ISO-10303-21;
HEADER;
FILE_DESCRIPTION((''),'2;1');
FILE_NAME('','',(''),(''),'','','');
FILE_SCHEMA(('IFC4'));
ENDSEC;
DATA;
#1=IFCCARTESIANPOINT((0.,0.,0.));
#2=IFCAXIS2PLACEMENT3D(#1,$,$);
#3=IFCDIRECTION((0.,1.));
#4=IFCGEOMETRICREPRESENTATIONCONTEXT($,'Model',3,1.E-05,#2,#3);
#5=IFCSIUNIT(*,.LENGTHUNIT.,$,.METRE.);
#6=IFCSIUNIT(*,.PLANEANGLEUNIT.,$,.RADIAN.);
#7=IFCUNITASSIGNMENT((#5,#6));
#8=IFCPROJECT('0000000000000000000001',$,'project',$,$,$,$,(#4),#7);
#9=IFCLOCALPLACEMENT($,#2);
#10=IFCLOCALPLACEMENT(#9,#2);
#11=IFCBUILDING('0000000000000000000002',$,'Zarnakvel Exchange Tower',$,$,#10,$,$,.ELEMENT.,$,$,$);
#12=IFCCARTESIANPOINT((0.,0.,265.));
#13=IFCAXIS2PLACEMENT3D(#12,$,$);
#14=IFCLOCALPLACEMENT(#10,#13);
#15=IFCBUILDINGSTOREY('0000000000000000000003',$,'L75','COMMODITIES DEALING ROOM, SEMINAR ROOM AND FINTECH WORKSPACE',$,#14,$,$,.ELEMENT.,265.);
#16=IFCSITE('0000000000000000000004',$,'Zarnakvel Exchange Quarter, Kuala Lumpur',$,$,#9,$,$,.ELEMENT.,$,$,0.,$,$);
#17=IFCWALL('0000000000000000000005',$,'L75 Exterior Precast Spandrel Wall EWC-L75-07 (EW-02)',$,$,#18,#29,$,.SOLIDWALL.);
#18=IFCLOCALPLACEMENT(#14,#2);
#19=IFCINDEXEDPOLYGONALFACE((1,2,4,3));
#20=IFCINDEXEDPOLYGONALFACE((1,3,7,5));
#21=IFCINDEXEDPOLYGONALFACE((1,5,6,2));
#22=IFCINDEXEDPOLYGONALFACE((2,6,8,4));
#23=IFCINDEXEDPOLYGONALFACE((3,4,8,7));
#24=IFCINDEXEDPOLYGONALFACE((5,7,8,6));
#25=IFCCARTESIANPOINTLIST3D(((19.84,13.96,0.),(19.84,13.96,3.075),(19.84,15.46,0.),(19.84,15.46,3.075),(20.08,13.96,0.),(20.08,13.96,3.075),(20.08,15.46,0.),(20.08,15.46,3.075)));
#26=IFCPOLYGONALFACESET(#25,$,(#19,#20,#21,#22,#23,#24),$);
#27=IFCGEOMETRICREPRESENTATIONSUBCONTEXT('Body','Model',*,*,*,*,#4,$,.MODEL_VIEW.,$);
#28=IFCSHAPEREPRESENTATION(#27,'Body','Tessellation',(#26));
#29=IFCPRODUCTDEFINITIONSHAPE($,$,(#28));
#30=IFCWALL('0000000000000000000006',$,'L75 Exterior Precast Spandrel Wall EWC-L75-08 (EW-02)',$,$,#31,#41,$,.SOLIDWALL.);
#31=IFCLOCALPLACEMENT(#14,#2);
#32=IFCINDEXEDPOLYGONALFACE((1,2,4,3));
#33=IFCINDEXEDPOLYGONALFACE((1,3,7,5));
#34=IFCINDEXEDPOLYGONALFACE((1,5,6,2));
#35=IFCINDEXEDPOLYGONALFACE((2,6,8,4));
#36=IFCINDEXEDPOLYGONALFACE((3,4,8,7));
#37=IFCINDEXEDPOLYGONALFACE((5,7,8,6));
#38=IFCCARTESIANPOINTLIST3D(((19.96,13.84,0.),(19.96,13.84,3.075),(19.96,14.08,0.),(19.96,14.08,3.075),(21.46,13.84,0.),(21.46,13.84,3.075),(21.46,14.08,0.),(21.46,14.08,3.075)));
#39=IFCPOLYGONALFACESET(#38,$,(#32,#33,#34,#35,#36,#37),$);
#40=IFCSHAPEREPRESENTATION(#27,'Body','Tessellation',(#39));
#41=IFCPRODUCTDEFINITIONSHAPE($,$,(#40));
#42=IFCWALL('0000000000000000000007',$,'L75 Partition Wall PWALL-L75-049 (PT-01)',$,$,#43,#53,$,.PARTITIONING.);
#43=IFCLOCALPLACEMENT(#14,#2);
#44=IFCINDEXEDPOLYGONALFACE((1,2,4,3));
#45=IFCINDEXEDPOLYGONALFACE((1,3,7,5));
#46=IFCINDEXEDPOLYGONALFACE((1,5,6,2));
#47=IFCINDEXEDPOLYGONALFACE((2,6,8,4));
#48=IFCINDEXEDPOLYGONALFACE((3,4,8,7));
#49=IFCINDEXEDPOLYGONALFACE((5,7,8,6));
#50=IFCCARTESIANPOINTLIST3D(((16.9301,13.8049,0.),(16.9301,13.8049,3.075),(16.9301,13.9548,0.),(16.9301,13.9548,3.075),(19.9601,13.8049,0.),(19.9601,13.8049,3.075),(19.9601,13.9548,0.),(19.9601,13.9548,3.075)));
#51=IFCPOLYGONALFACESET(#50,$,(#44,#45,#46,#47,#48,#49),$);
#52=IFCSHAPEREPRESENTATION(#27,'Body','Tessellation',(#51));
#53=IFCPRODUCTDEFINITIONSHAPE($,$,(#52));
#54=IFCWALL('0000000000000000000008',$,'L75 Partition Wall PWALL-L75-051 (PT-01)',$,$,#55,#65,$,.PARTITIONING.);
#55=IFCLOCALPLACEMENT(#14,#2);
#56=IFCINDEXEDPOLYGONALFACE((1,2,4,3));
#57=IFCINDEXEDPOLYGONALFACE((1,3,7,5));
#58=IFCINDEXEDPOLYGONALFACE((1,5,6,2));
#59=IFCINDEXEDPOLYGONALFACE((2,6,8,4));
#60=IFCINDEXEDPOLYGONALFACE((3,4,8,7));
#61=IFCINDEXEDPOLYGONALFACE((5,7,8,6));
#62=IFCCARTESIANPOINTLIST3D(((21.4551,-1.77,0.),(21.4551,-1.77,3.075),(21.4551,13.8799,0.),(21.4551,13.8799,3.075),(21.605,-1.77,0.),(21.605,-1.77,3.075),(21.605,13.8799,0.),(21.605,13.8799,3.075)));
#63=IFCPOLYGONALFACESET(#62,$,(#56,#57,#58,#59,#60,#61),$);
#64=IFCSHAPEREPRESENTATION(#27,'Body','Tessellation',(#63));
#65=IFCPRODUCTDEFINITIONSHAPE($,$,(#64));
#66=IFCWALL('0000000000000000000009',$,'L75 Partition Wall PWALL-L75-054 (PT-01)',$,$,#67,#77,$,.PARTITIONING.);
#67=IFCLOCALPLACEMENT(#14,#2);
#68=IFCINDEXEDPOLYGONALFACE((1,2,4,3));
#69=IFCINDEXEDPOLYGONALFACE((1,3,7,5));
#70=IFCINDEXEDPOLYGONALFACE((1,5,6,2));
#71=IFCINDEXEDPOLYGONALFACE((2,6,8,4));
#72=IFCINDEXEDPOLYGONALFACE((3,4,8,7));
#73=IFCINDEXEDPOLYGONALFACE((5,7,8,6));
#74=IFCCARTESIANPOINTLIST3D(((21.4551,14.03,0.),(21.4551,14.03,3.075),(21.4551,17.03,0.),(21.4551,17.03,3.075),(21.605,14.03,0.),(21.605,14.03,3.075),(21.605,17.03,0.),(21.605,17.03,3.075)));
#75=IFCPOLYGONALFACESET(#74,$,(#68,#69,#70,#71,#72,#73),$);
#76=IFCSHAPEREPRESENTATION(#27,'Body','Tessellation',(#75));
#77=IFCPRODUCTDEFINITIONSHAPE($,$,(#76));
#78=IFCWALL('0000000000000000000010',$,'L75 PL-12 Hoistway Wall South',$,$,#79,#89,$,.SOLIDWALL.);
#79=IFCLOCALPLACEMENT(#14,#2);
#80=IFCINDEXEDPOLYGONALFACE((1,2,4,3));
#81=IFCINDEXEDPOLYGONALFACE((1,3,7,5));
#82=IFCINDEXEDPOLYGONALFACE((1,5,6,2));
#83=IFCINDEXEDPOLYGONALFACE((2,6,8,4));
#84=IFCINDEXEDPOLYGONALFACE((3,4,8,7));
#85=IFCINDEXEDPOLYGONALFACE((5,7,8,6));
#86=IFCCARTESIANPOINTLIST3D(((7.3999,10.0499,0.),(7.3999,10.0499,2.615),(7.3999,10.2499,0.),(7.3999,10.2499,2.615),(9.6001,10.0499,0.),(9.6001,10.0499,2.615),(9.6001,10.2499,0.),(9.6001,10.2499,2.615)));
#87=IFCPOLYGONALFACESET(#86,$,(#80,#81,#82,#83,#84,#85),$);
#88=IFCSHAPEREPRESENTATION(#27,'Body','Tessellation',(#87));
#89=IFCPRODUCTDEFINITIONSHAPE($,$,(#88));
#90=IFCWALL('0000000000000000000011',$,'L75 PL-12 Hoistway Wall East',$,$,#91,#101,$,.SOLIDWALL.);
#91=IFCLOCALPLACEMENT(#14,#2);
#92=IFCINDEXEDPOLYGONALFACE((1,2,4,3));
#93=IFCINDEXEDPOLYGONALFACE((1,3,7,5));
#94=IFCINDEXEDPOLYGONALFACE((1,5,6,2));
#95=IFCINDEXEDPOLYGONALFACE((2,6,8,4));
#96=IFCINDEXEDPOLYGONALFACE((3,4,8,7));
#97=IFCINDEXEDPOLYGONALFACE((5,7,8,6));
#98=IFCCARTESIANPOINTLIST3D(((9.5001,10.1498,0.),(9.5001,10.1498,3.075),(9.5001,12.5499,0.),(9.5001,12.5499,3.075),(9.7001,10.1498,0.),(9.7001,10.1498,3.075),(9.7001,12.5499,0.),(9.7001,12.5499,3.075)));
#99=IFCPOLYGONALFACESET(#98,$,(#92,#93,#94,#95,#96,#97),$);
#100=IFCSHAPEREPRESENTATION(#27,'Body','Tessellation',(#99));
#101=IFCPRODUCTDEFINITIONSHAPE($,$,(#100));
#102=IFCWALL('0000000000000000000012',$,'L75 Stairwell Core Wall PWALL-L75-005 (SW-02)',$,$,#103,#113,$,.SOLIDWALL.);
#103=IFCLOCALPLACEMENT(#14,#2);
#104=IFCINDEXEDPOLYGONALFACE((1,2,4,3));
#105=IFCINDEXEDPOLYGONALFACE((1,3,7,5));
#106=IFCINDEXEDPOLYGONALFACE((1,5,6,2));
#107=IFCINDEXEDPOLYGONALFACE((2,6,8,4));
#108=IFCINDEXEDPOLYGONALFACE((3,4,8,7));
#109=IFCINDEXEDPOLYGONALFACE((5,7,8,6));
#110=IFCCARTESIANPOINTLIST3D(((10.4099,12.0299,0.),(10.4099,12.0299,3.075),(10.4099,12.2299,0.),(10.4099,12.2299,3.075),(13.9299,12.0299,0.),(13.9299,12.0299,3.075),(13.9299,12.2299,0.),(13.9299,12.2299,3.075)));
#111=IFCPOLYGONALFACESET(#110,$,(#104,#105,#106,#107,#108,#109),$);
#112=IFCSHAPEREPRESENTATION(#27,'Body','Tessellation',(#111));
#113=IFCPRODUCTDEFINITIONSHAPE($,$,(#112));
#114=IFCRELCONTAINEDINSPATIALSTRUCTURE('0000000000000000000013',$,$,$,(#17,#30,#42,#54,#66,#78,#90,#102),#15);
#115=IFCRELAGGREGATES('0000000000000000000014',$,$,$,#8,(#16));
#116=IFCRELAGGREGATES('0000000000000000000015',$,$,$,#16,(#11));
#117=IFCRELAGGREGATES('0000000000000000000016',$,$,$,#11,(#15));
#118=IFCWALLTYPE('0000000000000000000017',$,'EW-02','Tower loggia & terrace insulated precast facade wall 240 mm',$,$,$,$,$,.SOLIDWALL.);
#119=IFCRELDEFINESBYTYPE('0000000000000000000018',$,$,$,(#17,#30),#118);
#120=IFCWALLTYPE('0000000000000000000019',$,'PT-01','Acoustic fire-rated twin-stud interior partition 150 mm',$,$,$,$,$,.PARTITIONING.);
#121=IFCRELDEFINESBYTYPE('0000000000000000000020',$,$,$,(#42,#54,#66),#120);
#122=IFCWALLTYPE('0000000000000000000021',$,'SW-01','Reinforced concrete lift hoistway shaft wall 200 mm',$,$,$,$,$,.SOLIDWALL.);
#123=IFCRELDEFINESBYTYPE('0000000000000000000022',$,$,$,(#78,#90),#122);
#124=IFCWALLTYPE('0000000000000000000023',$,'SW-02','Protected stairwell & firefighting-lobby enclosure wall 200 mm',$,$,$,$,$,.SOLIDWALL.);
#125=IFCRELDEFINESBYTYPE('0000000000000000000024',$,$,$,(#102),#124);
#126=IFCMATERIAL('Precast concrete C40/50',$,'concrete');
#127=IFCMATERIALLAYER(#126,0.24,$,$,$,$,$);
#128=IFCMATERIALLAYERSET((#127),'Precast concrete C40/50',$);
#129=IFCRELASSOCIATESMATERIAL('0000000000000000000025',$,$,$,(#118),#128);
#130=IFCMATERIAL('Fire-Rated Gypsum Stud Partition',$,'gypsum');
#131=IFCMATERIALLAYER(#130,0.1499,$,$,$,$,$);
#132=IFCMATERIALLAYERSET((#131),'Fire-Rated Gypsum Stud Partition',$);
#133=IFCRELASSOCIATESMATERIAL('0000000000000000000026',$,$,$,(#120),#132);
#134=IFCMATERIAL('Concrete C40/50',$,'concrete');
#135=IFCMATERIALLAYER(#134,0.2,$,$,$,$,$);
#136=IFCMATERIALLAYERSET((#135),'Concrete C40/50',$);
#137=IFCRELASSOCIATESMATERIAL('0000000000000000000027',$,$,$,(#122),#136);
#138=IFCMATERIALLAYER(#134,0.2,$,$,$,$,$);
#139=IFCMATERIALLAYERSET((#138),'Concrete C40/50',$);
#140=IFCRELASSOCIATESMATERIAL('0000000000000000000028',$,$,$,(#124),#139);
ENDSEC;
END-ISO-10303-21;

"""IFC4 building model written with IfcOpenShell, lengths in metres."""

from ifc_helpers import new_model, si_unit, direction, frame, frame_2d, origin, place, context, subcontext, project, spatial, rectangle, extrude, material, layer, layer_set, type_object, element, save


model = new_model("IFC4")

# Units and contexts
model_context = context("Model", 3, precision=1e-05, world=origin(), true_north=direction((0.0, 1.0)))
body_context = subcontext(model_context, "Body", "Model", "MODEL_VIEW")
ifc_project = project(units=[si_unit("LENGTHUNIT", "METRE"), si_unit("PLANEANGLEUNIT", "RADIAN")], contexts=[model_context])

# Site, building, storey
site_placement = place(None, origin())
site = spatial("IfcSite", under=ifc_project, at=site_placement, Name="Zarnakvel Exchange Quarter, Kuala Lumpur", CompositionType="ELEMENT", RefElevation=0.0)
building_placement = place(site_placement, origin())
building = spatial("IfcBuilding", under=site, at=building_placement, Name="Zarnakvel Exchange Tower", CompositionType="ELEMENT")
storey_placement = place(building_placement, frame((0.0, 0.0, 265.0)))
storey = spatial("IfcBuildingStorey", under=building, at=storey_placement, Name="L75", Description="COMMODITIES DEALING ROOM, SEMINAR ROOM AND FINTECH WORKSPACE", CompositionType="ELEMENT", Elevation=265.0)

# Walls
ifc_material_1 = material(Name="Precast concrete C40/50", Category="concrete")
ifc_layer_1 = layer(ifc_material_1, 0.24)
ifc_layer_set_1 = layer_set([ifc_layer_1], Name="Precast concrete C40/50")
wall_type_1 = type_object("IfcWallType", Name="EW-02", Description="Tower loggia & terrace insulated precast facade wall 240 mm", PredefinedType="SOLIDWALL", material=ifc_layer_set_1)
for number, where, z_axis, x_axis, name in (
    (1, (19.96, 13.96, 0.0), (0.0, 0.0, 1.0), (0.0, 1.0, 0.0), "L75 Exterior Precast Spandrel Wall EWC-L75-07 (EW-02)"),
    (2, (21.46, 13.96, 0.0), (0.0, 0.0, 1.0), (-1.0, 0.0, 0.0), "L75 Exterior Precast Spandrel Wall EWC-L75-08 (EW-02)"),
):
    element("IfcWall", number, at=place(storey_placement, frame(where, z_axis=z_axis, x_axis=x_axis)), inside=storey, type_object=wall_type_1, Name=name, PredefinedType="SOLIDWALL", context=body_context, shape_type="SweptSolid", body=[
        extrude(rectangle(XDim=1.5, YDim=0.24, at=frame_2d((0.75, 0.0))), origin(), (0.0, 0.0, 1.0), 3.075),
    ])
ifc_material_2 = material(Name="Fire-Rated Gypsum Stud Partition", Category="gypsum")
ifc_layer_2 = layer(ifc_material_2, 0.1499)
ifc_layer_set_2 = layer_set([ifc_layer_2], Name="Fire-Rated Gypsum Stud Partition")
wall_type_2 = type_object("IfcWallType", Name="PT-01", Description="Acoustic fire-rated twin-stud interior partition 150 mm", PredefinedType="PARTITIONING", material=ifc_layer_set_2)
wall_1_placement = place(storey_placement, frame((16.9299, 13.8799, 0.0), z_axis=(0.0, 0.0, 1.0), x_axis=(1.0, 0.0, 0.0)))
element("IfcWall", 3, at=wall_1_placement, inside=storey, type_object=wall_type_2, Name="L75 Partition Wall PWALL-L75-049 (PT-01)", PredefinedType="PARTITIONING", context=body_context, shape_type="SweptSolid", body=[
    extrude(rectangle(XDim=3.03, YDim=0.1499, at=frame_2d((1.5151, 0.0))), origin(), (0.0, 0.0, 1.0), 3.075),
])
wall_2_placement = place(storey_placement, frame((21.53, 13.8799, 0.0), z_axis=(0.0, 0.0, 1.0), x_axis=(0.0, -1.0, 0.0)))
element("IfcWall", 4, at=wall_2_placement, inside=storey, type_object=wall_type_2, Name="L75 Partition Wall PWALL-L75-051 (PT-01)", PredefinedType="PARTITIONING", context=body_context, shape_type="SweptSolid", body=[
    extrude(rectangle(XDim=15.6499, YDim=0.1499, at=frame_2d((7.825, 0.0))), origin(), (0.0, 0.0, 1.0), 3.075),
])
wall_3_placement = place(storey_placement, frame((21.53, 17.03, 0.0), z_axis=(0.0, 0.0, 1.0), x_axis=(0.0, -1.0, 0.0)))
element("IfcWall", 5, at=wall_3_placement, inside=storey, type_object=wall_type_2, Name="L75 Partition Wall PWALL-L75-054 (PT-01)", PredefinedType="PARTITIONING", context=body_context, shape_type="SweptSolid", body=[
    extrude(rectangle(XDim=3.0, YDim=0.1499, at=frame_2d((1.5, 0.0))), origin(), (0.0, 0.0, 1.0), 3.075),
])
ifc_material_3 = material(Name="Concrete C40/50", Category="concrete")
ifc_layer_3 = layer(ifc_material_3, 0.2)
ifc_layer_set_3 = layer_set([ifc_layer_3], Name="Concrete C40/50")
wall_type_3 = type_object("IfcWallType", Name="SW-01", Description="Reinforced concrete lift hoistway shaft wall 200 mm", PredefinedType="SOLIDWALL", material=ifc_layer_set_3)
wall_4_placement = place(storey_placement, frame((9.6001, 10.1499, 0.0), z_axis=(0.0, 0.0, 1.0), x_axis=(-1.0, 0.0, 0.0)))
element("IfcWall", 6, at=wall_4_placement, inside=storey, type_object=wall_type_3, Name="L75 PL-12 Hoistway Wall South", PredefinedType="SOLIDWALL", context=body_context, shape_type="SweptSolid", body=[
    extrude(rectangle(XDim=2.2002, YDim=0.2, at=frame_2d((1.1001, 0.0))), origin(), (0.0, 0.0, 1.0), 2.615),
])
wall_5_placement = place(storey_placement, frame((9.6001, 12.55, 0.0), z_axis=(0.0, 0.0, 1.0), x_axis=(0.0, -1.0, 0.0)))
element("IfcWall", 7, at=wall_5_placement, inside=storey, type_object=wall_type_3, Name="L75 PL-12 Hoistway Wall East", PredefinedType="SOLIDWALL", context=body_context, shape_type="SweptSolid", body=[
    extrude(rectangle(XDim=2.4001, YDim=0.2, at=frame_2d((1.2002, 0.0))), origin(), (0.0, 0.0, 1.0), 3.075),
])
ifc_layer_4 = layer(ifc_material_3, 0.2)
ifc_layer_set_4 = layer_set([ifc_layer_4], Name="Concrete C40/50")
wall_type_4 = type_object("IfcWallType", Name="SW-02", Description="Protected stairwell & firefighting-lobby enclosure wall 200 mm", PredefinedType="SOLIDWALL", material=ifc_layer_set_4)
wall_6_placement = place(storey_placement, frame((10.4099, 12.1299, 0.0), z_axis=(0.0, 0.0, 1.0), x_axis=(1.0, 0.0, 0.0)))
element("IfcWall", 8, at=wall_6_placement, inside=storey, type_object=wall_type_4, Name="L75 Stairwell Core Wall PWALL-L75-005 (SW-02)", PredefinedType="SOLIDWALL", context=body_context, shape_type="SweptSolid", body=[
    extrude(rectangle(XDim=3.52, YDim=0.2, at=frame_2d((1.76, 0.0))), origin(), (0.0, 0.0, 1.0), 3.075),
])

save(model, "model.ifc")
